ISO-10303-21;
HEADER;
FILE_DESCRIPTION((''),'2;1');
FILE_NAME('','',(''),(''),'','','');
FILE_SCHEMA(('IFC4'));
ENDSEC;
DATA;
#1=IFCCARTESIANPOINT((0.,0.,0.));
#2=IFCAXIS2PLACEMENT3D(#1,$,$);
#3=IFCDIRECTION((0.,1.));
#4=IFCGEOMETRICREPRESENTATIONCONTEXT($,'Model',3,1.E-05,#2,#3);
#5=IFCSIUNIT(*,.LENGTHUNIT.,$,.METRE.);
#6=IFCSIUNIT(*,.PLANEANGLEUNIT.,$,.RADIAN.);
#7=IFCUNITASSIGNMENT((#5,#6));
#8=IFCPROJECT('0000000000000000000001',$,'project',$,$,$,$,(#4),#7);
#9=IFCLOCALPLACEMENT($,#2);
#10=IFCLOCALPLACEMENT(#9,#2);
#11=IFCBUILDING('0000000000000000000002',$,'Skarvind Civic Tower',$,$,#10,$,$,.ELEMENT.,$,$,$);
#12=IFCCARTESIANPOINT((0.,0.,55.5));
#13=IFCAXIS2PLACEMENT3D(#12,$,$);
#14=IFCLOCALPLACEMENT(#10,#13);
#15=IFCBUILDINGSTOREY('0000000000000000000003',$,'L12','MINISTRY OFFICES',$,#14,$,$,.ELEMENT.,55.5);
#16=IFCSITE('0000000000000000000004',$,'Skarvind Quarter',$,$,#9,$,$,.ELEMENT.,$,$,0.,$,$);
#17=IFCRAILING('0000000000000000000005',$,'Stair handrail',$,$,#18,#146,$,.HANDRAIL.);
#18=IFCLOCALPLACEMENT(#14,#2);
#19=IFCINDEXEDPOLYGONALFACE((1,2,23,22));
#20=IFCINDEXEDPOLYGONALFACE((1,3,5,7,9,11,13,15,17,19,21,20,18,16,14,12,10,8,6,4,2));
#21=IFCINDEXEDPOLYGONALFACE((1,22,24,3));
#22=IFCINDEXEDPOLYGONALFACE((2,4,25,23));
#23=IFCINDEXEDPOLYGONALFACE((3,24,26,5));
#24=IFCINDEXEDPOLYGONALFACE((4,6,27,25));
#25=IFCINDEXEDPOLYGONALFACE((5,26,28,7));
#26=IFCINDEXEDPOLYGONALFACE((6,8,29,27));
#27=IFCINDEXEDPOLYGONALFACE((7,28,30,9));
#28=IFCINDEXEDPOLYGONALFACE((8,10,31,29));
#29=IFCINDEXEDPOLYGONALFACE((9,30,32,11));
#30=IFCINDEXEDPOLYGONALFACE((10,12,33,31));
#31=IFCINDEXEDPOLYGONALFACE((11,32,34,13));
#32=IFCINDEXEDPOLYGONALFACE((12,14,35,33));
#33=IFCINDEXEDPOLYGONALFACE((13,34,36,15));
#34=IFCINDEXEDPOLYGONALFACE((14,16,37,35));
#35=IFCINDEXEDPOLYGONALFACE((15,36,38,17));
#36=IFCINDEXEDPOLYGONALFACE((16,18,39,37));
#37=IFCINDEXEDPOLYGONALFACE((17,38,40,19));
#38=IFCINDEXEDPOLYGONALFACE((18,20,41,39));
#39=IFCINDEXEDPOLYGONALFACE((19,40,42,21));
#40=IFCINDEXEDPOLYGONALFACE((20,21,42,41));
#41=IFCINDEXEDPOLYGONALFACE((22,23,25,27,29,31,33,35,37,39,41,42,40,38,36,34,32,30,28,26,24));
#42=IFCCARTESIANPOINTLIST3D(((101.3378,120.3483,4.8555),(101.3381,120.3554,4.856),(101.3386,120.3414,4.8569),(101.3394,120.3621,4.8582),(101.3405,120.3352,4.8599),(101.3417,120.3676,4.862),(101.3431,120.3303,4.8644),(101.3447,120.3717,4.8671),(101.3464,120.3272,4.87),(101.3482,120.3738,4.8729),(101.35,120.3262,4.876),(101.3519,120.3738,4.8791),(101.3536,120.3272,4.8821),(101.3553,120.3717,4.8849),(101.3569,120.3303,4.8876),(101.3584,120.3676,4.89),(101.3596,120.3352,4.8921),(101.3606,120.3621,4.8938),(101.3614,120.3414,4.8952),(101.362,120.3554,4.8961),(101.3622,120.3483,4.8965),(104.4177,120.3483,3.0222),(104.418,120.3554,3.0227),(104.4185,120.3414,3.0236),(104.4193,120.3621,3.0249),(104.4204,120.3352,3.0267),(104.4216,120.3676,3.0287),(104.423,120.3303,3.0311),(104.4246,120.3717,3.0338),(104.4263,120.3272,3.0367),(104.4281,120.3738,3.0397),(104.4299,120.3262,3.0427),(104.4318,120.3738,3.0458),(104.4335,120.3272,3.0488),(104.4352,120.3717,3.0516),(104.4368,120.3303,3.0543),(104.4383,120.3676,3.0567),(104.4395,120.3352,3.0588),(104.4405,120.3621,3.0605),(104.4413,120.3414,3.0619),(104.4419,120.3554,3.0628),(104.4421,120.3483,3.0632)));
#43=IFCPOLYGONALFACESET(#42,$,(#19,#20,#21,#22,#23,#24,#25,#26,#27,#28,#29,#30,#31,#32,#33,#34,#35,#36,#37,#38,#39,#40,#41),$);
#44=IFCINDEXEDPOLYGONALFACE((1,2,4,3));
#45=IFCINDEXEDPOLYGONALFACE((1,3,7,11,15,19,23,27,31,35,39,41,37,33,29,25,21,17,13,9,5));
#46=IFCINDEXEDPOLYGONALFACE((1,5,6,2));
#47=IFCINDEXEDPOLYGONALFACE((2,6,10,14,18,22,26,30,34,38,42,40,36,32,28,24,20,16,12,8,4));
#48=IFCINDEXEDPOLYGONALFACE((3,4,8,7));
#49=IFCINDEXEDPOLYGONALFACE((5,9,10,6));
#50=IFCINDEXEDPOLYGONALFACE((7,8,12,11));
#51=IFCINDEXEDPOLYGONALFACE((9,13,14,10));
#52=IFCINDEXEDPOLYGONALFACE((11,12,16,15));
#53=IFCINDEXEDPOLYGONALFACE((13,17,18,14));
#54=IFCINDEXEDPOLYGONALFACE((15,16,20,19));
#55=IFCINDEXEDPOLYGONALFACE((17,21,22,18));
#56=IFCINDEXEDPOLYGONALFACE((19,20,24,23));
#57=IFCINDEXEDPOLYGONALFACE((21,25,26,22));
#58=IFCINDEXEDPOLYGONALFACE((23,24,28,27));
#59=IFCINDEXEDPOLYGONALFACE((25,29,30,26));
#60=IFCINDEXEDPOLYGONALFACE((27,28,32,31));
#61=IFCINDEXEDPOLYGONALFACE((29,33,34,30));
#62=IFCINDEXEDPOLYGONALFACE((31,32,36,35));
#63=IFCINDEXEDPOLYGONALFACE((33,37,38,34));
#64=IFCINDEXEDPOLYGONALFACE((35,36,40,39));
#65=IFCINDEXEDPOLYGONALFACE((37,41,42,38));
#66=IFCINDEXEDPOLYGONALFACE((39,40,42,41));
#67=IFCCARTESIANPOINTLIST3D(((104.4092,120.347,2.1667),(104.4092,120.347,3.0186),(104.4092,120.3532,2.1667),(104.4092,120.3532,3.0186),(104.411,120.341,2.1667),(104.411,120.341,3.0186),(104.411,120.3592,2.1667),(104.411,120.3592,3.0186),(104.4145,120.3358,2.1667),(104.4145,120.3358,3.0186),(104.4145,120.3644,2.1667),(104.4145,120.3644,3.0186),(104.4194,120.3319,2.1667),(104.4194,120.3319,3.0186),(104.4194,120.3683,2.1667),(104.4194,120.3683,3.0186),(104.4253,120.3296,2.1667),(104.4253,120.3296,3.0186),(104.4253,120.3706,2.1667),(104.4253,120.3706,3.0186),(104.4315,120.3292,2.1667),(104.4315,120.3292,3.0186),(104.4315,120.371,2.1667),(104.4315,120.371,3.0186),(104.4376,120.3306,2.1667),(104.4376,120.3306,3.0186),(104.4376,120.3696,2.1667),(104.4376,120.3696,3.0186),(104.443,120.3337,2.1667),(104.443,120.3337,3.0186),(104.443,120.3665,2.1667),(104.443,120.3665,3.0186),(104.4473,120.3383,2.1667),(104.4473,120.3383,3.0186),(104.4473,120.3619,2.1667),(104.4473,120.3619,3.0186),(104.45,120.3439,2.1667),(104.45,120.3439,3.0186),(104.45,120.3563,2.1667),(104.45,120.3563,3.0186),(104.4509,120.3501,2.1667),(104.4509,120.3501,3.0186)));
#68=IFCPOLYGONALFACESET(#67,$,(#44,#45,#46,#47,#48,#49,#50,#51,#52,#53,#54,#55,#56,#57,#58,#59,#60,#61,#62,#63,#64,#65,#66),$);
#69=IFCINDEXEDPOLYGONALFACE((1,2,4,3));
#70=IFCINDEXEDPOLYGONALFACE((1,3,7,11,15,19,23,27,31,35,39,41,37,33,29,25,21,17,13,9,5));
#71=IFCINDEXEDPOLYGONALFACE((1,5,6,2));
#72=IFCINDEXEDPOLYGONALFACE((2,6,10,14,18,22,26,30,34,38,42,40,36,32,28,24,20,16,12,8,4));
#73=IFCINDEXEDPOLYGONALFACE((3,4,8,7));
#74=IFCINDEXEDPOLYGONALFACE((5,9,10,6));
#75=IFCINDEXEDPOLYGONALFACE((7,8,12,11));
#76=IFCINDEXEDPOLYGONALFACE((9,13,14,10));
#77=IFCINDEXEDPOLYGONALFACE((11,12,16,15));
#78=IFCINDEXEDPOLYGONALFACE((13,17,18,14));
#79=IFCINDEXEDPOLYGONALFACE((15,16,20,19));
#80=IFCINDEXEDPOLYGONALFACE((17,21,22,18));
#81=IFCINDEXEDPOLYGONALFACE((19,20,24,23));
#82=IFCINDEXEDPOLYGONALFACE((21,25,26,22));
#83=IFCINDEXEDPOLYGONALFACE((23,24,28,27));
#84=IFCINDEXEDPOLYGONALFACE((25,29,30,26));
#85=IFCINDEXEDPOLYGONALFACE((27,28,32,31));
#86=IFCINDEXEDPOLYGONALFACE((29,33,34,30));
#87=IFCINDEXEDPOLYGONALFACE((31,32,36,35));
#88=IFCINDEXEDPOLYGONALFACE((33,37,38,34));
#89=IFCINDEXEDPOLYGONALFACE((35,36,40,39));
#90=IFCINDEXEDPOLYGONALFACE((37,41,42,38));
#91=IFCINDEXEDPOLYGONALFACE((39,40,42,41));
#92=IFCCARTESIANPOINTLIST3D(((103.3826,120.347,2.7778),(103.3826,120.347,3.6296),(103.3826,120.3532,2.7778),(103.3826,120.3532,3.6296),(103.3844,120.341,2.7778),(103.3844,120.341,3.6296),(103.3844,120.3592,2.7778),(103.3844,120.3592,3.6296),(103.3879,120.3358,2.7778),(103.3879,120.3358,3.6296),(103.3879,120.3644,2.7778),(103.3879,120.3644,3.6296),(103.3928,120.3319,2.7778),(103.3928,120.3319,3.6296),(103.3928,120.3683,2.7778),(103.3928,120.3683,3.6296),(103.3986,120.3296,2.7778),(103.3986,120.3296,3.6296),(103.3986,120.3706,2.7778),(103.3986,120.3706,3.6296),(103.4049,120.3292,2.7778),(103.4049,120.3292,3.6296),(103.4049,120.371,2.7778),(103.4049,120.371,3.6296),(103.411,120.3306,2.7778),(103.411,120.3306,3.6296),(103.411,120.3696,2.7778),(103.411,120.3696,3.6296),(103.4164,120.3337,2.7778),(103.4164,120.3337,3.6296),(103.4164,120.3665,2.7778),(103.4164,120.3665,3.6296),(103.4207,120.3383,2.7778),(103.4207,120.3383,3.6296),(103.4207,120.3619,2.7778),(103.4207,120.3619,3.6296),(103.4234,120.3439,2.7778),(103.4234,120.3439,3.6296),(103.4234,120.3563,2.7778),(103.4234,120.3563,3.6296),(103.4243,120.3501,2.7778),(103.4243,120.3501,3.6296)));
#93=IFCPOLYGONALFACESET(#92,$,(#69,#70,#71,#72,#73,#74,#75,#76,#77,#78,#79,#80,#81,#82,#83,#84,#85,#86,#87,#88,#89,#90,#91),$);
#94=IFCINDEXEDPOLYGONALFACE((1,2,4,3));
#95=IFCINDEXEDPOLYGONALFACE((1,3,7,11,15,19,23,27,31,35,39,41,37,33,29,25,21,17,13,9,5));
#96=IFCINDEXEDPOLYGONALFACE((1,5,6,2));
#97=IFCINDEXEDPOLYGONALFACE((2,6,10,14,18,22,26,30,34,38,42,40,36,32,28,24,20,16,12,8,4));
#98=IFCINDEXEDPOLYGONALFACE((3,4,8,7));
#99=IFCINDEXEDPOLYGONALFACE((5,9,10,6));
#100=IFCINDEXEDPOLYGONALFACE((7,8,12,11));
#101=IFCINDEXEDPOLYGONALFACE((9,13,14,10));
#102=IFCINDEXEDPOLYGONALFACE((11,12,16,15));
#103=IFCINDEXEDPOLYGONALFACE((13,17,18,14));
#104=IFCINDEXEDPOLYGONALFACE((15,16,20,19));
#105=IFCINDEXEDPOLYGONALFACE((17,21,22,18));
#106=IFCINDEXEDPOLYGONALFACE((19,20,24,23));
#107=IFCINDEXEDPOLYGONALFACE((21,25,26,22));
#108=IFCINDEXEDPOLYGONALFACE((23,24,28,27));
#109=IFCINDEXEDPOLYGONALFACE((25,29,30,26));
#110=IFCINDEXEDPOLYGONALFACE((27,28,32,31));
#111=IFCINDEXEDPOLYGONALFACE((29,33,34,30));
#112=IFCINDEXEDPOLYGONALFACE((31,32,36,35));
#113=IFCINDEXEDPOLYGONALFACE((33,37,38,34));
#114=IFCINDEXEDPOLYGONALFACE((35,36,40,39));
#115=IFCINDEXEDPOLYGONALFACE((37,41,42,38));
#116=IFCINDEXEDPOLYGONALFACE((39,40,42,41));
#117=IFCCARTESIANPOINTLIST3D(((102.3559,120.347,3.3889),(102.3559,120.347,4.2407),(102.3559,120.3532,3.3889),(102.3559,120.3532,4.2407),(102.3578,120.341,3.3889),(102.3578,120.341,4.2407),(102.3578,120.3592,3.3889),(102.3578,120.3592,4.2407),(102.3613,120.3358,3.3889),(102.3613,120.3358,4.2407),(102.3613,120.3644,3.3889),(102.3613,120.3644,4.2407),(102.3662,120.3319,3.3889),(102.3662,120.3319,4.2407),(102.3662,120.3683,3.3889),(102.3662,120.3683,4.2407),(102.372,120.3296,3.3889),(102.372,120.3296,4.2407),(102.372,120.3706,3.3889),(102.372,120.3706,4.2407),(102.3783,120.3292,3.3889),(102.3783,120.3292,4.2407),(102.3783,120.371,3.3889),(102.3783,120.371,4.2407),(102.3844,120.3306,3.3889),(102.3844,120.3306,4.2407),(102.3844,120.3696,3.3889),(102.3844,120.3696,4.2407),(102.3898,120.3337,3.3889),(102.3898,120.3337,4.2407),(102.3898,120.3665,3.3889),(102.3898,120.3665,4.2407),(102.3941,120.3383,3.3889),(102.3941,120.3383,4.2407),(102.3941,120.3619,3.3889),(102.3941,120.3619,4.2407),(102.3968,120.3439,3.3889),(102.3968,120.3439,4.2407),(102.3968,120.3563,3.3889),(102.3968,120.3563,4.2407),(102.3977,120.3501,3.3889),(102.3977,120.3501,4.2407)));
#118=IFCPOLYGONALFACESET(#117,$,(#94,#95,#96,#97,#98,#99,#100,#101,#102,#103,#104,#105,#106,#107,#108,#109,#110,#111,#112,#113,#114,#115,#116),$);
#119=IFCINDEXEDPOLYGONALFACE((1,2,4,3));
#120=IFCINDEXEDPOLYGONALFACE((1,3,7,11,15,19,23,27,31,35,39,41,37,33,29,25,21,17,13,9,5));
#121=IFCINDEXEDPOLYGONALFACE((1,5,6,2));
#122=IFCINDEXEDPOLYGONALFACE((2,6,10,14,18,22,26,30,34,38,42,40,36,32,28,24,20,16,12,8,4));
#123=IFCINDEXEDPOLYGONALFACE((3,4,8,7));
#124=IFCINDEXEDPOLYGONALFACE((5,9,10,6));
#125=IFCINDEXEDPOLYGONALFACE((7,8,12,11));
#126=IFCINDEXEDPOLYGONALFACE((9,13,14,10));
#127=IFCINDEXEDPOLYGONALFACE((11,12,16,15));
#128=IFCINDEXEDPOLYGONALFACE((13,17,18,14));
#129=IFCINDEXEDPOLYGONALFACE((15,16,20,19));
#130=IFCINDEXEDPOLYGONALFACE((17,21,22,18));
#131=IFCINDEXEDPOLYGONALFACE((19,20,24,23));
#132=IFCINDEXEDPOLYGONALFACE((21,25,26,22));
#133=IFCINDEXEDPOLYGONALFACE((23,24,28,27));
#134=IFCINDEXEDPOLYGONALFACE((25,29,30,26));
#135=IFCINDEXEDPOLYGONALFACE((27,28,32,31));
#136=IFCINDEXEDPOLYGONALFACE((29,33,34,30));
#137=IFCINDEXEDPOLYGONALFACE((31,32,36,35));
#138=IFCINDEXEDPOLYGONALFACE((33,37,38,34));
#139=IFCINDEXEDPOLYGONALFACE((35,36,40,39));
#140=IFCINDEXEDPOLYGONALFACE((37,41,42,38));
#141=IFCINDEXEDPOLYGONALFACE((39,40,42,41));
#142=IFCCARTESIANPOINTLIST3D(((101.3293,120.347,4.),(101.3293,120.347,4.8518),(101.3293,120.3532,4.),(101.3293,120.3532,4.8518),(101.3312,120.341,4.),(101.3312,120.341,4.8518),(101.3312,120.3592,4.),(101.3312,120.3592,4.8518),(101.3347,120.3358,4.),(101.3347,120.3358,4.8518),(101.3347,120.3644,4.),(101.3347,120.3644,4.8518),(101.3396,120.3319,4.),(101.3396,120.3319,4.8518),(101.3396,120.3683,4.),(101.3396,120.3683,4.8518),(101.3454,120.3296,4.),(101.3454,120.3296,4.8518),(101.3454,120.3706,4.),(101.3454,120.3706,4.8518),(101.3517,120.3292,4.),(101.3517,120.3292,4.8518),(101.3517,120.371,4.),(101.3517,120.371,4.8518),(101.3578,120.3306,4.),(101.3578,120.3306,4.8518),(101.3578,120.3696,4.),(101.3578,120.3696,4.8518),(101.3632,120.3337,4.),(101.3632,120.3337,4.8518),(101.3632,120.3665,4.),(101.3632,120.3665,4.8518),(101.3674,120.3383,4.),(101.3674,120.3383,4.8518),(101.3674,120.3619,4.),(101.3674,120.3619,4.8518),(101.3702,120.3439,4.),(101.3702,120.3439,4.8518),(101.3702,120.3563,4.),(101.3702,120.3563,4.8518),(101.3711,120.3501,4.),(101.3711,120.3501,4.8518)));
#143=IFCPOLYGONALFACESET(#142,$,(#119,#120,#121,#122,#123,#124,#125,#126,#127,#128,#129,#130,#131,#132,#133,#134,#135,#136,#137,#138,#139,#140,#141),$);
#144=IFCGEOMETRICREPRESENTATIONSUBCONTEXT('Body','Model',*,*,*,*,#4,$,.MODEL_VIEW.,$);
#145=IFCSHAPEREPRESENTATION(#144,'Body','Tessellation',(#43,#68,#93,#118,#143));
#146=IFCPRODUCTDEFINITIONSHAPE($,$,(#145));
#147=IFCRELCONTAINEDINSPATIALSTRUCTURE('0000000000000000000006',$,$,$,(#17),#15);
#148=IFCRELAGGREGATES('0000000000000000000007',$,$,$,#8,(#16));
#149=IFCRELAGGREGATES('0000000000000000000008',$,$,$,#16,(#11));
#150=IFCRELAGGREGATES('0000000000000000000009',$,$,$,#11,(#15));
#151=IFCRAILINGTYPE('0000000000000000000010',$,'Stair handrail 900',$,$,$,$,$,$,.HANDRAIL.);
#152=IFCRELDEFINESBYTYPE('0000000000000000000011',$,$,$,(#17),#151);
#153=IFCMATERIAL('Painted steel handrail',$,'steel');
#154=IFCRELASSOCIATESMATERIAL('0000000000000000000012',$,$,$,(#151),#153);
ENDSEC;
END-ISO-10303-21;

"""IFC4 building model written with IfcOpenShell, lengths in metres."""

from ifc_helpers import new_model, si_unit, direction, frame, origin, origin_2d, place, context, subcontext, project, spatial, circle, extrude, material, type_object, element, save


model = new_model("IFC4")

# Units and contexts
model_context = context("Model", 3, precision=1e-05, world=origin(), true_north=direction((0.0, 1.0)))
body_context = subcontext(model_context, "Body", "Model", "MODEL_VIEW")
ifc_project = project(units=[si_unit("LENGTHUNIT", "METRE"), si_unit("PLANEANGLEUNIT", "RADIAN")], contexts=[model_context])

# Site, building, storey
site_placement = place(None, origin())
site = spatial("IfcSite", under=ifc_project, at=site_placement, Name="Skarvind Quarter", CompositionType="ELEMENT", RefElevation=0.0)
building_placement = place(site_placement, origin())
building = spatial("IfcBuilding", under=site, at=building_placement, Name="Skarvind Civic Tower", CompositionType="ELEMENT")
storey_placement = place(building_placement, frame((0.0, 0.0, 55.5)))
storey = spatial("IfcBuildingStorey", under=building, at=storey_placement, Name="L12", Description="MINISTRY OFFICES", CompositionType="ELEMENT", Elevation=55.5)

# Railing
ifc_material_1 = material(Name="Painted steel handrail", Category="steel")
railing_type = type_object("IfcRailingType", Name="Stair handrail 900", PredefinedType="HANDRAIL", material=ifc_material_1)
railing_1_placement = place(storey_placement, frame((104.4299, 120.3501, 2.1667)))
element("IfcRailing", 1, at=railing_1_placement, inside=storey, type_object=railing_type, Name="Stair handrail", PredefinedType="HANDRAIL", context=body_context, shape_type="SweptSolid", body=[
    extrude(circle(Radius=0.0239, at=origin_2d()), frame((0.0, 0.0, 0.876), z_axis=(-0.859291, 0.0, 0.511487), x_axis=(0.0, -1.0, 0.0)), (0.0, 0.0, 1.0), 3.5842),
    extrude(circle(Radius=0.021, at=origin_2d()), origin(), (0.0, 0.0, 1.0), 0.8518),
    extrude(circle(Radius=0.021, at=origin_2d()), frame((-1.0266, 0.0, 0.6111)), (0.0, 0.0, 1.0), 0.8518),
    extrude(circle(Radius=0.021, at=origin_2d()), frame((-2.0532, 0.0, 1.2222)), (0.0, 0.0, 1.0), 0.8518),
    extrude(circle(Radius=0.021, at=origin_2d()), frame((-3.0798, 0.0, 1.8333)), (0.0, 0.0, 1.0), 0.8518),
])

save(model, "model.ifc")
